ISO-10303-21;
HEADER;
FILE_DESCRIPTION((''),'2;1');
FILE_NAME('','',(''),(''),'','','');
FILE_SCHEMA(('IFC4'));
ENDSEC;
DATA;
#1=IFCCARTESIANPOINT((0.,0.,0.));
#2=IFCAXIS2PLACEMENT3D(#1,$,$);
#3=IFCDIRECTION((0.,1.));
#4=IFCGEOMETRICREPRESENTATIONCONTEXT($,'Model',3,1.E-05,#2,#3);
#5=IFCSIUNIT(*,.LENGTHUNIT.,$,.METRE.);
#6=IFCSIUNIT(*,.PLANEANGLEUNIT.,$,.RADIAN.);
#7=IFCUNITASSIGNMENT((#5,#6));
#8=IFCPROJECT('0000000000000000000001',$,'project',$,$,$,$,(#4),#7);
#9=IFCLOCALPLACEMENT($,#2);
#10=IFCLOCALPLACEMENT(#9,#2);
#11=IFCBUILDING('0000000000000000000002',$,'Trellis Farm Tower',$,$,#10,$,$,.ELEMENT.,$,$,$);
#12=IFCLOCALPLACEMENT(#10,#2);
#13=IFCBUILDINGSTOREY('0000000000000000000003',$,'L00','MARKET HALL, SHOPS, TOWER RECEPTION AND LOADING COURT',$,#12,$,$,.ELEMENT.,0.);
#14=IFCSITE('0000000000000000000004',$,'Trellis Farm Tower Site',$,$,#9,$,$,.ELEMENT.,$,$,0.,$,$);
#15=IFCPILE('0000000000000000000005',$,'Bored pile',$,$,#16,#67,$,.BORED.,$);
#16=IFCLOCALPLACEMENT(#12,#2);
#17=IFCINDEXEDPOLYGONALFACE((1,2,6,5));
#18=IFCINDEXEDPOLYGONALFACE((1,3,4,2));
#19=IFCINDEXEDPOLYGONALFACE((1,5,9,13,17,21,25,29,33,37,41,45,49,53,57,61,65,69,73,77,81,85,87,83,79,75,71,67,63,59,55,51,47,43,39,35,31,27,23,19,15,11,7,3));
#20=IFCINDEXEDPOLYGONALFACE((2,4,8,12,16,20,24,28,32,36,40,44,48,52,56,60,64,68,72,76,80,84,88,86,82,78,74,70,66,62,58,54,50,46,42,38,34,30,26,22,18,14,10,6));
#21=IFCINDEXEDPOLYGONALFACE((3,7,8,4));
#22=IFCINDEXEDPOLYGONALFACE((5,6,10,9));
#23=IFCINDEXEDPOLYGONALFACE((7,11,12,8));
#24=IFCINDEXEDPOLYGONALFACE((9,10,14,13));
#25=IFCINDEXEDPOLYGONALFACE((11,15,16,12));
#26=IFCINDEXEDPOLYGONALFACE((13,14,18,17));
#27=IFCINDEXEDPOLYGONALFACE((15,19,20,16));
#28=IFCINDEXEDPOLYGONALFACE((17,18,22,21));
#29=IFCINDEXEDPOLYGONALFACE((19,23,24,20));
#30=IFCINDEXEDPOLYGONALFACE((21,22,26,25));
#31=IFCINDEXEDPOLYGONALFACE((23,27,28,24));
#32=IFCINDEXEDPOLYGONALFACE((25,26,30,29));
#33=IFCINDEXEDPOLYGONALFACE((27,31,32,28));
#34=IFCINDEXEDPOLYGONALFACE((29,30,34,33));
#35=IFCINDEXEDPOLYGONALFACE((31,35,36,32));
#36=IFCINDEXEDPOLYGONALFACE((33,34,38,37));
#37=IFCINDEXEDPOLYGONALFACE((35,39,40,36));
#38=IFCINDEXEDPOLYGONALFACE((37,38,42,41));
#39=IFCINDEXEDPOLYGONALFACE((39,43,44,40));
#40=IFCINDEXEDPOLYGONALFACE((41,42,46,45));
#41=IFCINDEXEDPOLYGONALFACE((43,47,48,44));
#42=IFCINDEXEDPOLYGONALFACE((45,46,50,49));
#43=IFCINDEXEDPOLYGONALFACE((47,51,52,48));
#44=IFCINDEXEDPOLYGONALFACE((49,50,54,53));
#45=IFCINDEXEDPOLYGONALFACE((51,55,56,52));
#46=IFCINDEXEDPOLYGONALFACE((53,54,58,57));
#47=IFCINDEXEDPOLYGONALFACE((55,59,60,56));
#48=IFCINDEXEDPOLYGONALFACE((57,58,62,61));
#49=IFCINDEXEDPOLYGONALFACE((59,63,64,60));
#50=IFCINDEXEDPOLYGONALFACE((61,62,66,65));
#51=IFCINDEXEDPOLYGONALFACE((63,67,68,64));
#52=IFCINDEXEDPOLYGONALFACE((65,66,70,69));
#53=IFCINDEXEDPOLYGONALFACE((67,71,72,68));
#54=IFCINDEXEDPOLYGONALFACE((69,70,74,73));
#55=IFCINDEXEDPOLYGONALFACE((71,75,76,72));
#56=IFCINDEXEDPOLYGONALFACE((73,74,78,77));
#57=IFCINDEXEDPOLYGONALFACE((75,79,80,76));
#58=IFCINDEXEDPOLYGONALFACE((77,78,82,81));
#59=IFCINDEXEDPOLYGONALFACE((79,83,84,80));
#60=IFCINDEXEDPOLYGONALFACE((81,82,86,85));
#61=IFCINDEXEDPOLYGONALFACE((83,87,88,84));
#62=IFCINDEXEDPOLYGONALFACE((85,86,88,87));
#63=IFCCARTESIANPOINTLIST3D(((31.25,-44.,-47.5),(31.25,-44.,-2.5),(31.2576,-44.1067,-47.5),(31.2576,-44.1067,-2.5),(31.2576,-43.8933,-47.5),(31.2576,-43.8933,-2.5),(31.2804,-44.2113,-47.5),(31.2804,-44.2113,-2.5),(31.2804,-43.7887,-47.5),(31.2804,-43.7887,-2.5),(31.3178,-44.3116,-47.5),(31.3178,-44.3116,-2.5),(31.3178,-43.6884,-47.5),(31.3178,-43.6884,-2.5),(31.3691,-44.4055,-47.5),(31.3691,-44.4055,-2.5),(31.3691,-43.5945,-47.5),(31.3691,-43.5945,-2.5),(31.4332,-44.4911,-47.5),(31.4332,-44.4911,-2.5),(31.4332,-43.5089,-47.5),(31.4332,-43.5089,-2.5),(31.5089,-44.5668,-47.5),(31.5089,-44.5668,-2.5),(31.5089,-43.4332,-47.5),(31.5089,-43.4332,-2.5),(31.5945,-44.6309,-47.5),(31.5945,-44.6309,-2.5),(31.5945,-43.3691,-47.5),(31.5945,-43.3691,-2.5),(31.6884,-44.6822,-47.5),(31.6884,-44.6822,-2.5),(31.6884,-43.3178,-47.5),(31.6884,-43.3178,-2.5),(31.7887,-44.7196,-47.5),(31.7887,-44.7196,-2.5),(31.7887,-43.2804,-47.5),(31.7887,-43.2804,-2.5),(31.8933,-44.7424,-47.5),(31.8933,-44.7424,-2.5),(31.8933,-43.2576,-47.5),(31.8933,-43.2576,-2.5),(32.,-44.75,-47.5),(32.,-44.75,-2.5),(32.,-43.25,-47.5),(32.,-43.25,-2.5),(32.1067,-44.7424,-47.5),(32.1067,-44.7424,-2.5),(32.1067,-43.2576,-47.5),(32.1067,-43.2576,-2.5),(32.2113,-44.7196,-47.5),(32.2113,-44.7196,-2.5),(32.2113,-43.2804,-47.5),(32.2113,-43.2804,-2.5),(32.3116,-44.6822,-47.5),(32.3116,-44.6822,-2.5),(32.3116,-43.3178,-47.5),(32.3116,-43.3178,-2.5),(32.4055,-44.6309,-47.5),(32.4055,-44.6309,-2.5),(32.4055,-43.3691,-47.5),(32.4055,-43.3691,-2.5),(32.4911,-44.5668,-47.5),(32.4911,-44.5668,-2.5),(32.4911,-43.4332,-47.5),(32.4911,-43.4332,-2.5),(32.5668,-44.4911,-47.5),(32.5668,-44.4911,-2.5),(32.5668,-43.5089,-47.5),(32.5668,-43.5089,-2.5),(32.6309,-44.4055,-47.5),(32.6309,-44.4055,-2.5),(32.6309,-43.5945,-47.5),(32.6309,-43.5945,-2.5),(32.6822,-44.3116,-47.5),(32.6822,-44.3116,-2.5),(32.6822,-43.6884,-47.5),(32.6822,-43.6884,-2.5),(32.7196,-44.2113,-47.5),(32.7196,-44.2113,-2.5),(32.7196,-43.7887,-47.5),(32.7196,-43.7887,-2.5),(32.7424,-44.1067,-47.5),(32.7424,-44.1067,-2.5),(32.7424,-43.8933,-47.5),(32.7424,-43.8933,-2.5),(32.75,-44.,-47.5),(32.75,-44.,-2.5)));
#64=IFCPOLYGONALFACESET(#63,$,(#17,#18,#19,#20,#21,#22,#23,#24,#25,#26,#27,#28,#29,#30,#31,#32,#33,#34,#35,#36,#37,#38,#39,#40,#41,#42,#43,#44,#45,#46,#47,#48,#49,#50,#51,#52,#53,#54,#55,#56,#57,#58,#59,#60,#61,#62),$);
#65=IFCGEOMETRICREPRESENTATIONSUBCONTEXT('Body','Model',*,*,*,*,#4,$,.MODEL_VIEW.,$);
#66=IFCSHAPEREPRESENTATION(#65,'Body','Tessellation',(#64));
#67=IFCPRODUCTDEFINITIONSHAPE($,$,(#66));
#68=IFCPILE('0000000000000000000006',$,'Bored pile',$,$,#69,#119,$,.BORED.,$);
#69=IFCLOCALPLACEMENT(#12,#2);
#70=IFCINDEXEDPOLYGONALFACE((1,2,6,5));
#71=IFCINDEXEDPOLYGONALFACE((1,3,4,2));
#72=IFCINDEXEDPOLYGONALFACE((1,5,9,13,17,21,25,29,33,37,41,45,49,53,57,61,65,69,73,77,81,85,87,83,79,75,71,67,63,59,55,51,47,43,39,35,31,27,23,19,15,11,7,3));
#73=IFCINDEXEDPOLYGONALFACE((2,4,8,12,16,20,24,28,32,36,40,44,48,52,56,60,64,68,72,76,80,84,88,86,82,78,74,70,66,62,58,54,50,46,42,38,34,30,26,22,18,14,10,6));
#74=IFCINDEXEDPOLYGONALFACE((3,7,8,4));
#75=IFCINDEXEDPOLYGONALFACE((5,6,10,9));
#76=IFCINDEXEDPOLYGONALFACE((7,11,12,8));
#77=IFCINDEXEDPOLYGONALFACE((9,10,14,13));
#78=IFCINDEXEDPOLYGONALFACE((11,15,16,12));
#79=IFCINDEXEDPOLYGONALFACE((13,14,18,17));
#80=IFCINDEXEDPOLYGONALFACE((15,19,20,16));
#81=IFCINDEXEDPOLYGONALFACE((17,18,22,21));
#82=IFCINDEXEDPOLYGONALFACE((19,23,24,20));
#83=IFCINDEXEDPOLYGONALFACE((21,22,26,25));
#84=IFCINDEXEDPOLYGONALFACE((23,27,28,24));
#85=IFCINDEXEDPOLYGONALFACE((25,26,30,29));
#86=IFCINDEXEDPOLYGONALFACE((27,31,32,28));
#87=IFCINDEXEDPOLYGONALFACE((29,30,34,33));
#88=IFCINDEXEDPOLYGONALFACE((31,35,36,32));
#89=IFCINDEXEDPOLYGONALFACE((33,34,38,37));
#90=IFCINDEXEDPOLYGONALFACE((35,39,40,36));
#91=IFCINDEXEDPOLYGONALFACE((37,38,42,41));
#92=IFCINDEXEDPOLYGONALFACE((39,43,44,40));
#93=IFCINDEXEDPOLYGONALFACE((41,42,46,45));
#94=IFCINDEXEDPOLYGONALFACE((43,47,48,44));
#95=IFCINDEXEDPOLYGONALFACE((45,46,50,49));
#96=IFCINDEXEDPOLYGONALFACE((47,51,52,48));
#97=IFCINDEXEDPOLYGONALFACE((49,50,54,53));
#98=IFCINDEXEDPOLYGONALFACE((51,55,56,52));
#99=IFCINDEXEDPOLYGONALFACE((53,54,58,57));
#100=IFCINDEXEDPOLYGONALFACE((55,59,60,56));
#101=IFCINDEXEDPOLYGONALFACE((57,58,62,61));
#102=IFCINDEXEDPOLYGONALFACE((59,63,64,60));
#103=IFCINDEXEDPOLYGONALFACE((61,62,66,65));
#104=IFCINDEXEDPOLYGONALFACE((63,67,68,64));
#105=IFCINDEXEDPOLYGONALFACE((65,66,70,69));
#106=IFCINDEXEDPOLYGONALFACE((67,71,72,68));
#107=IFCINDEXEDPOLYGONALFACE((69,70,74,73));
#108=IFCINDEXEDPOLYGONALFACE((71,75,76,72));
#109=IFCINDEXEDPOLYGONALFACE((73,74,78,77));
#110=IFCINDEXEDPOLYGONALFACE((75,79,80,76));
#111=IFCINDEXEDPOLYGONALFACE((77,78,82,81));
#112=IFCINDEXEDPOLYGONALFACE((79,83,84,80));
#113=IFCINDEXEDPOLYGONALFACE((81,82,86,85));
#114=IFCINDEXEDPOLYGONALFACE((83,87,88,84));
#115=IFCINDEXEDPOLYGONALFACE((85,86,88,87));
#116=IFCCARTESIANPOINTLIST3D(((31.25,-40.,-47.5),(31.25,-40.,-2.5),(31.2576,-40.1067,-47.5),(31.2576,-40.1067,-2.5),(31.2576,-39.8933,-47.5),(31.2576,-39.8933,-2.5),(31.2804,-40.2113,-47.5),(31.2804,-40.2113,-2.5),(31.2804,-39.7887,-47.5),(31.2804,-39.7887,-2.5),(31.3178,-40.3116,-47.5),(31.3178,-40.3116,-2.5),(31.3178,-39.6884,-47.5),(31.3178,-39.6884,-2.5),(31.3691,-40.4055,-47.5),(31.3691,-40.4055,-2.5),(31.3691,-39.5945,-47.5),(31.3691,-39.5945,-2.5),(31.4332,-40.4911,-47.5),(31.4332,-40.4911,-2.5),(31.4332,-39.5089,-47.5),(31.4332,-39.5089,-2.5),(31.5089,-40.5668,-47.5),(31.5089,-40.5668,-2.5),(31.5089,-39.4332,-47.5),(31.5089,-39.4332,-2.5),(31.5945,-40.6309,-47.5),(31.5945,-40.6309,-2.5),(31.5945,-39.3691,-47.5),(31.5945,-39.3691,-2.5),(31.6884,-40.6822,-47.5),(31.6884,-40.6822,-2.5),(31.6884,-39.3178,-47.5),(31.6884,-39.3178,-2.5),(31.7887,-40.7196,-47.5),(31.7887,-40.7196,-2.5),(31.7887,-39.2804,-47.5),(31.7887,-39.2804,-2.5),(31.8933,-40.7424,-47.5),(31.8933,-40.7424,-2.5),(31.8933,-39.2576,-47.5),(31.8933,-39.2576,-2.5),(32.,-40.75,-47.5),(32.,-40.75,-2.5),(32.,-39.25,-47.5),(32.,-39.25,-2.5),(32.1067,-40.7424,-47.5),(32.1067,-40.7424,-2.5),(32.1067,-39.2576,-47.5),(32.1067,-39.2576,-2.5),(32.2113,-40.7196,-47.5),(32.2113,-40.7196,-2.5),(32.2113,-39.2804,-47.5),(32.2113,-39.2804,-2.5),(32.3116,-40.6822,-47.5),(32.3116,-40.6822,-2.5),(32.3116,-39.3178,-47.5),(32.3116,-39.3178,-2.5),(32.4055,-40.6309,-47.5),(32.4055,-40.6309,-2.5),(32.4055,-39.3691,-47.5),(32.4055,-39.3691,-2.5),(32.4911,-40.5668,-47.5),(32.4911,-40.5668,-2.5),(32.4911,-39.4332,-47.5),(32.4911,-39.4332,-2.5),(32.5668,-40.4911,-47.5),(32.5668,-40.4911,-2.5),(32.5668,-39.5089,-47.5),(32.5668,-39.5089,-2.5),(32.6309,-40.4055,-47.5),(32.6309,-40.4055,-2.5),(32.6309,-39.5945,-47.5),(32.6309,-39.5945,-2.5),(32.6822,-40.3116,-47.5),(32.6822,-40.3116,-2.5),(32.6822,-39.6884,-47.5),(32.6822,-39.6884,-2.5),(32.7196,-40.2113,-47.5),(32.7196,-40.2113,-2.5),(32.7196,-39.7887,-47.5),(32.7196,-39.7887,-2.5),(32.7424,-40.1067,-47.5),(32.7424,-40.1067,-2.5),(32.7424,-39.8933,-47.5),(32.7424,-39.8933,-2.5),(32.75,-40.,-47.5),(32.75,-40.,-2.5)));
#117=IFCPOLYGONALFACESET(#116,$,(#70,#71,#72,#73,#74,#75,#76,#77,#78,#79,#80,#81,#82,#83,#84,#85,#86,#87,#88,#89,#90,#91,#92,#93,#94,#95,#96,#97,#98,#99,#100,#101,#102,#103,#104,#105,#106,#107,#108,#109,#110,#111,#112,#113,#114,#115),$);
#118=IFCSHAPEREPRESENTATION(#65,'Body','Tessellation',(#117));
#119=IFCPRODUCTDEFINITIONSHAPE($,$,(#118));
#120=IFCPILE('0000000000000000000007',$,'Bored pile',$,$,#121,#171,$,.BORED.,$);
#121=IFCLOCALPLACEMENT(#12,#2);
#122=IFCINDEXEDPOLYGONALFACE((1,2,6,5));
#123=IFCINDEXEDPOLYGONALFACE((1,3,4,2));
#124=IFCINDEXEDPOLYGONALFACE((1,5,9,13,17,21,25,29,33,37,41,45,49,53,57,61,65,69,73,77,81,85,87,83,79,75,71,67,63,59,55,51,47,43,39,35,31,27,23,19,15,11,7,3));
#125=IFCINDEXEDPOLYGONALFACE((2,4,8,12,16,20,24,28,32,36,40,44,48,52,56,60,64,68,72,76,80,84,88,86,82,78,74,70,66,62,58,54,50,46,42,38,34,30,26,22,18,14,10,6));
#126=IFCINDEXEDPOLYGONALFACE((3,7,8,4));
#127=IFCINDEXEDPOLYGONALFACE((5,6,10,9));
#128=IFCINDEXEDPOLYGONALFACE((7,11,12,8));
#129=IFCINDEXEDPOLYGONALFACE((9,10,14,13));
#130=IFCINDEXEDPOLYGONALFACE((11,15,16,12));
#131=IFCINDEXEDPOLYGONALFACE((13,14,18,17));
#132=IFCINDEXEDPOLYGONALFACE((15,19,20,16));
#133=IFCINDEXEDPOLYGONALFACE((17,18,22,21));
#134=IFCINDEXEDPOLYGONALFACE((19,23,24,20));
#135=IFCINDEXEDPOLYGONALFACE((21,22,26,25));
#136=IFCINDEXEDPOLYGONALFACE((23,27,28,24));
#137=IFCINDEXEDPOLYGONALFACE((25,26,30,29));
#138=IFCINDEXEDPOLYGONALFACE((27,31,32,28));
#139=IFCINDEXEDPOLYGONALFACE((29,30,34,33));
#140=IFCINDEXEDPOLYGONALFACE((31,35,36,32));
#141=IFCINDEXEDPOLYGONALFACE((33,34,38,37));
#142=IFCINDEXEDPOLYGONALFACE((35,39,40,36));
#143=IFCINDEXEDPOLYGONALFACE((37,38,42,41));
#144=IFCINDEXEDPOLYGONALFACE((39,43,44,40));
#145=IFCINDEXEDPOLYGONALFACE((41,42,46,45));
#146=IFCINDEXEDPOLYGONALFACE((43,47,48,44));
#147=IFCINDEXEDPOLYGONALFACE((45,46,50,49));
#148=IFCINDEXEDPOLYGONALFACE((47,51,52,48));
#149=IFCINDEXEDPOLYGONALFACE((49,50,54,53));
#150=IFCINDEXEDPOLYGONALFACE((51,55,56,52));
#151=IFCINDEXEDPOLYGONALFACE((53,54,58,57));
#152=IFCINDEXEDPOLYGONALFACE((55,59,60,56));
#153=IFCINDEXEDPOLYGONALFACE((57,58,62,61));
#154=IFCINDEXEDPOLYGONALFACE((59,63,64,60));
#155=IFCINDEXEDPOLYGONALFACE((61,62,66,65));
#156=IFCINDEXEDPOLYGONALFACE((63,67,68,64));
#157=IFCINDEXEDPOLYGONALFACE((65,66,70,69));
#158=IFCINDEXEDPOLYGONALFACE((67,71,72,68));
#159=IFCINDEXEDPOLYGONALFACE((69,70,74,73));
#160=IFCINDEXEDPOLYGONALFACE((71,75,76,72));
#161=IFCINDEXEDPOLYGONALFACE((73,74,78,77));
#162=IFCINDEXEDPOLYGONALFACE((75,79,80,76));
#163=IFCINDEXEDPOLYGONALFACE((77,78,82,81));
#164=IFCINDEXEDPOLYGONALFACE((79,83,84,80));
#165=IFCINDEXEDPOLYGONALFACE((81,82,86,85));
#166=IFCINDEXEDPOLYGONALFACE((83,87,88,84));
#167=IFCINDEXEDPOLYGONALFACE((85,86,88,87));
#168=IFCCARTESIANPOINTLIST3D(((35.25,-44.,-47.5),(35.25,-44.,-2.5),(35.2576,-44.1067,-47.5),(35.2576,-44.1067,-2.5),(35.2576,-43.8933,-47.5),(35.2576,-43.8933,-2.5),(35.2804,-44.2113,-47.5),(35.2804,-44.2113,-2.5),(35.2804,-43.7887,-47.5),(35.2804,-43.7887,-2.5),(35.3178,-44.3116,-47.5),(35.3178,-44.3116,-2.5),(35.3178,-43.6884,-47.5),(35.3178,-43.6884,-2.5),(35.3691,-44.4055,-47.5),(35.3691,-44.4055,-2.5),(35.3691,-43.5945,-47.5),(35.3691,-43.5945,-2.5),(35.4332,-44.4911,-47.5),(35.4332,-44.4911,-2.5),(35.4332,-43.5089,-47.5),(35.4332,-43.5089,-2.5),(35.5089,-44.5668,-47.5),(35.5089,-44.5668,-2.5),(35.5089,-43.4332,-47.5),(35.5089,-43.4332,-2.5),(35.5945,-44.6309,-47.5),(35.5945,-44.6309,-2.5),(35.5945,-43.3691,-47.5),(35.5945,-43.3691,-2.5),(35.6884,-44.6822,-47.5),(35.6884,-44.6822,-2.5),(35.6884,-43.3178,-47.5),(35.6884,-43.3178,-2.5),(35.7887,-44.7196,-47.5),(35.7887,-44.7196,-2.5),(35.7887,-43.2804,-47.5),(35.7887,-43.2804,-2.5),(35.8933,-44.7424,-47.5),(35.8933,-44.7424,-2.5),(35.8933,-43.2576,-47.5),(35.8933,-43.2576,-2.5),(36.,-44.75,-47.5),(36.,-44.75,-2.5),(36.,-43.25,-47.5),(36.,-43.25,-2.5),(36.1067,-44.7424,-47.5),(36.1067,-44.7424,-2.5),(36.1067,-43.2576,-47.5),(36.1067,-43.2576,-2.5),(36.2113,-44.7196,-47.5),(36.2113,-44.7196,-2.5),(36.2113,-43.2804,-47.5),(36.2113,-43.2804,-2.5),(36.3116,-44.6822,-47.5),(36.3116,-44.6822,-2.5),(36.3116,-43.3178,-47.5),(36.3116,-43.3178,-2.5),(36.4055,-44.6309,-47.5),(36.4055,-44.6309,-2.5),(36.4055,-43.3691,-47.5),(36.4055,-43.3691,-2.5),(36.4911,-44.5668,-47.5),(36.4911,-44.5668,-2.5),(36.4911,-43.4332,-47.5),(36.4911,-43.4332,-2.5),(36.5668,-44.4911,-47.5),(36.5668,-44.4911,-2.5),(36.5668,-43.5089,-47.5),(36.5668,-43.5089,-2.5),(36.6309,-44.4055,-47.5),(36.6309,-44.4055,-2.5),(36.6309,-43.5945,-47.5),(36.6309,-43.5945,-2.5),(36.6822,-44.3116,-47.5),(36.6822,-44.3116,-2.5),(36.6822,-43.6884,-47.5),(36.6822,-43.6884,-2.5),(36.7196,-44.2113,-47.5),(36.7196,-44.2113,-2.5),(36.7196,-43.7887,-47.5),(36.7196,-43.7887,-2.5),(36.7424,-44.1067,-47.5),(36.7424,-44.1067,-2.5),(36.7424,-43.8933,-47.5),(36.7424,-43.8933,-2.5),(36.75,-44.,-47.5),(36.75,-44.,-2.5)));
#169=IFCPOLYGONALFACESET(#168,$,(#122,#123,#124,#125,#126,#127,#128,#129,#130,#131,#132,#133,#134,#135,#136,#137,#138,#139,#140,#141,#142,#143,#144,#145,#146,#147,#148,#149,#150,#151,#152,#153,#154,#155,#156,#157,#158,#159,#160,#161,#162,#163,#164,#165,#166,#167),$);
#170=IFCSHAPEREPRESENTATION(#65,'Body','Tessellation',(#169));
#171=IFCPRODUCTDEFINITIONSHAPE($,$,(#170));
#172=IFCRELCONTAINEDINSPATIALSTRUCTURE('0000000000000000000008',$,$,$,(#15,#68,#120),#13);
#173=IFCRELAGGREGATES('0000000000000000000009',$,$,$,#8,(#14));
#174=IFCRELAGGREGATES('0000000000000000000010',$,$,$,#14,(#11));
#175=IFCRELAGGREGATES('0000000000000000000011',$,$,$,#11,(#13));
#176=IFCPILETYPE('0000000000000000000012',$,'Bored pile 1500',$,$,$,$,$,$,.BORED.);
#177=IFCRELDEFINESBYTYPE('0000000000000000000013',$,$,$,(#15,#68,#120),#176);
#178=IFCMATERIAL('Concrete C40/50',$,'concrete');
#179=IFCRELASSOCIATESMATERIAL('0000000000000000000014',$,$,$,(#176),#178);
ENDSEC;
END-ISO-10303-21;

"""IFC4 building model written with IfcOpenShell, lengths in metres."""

from ifc_helpers import new_model, si_unit, direction, frame, origin, origin_2d, place, context, subcontext, project, spatial, circle, extrude, source, transform, mapped, material, material_profile, profile_set, type_object, element, save


model = new_model("IFC4")

# Units and contexts
model_context = context("Model", 3, precision=1e-05, world=origin(), true_north=direction((0.0, 1.0)))
body_context = subcontext(model_context, "Body", "Model", "MODEL_VIEW")
ifc_project = project(units=[si_unit("LENGTHUNIT", "METRE"), si_unit("PLANEANGLEUNIT", "RADIAN")], contexts=[model_context])

# Site, building, storey
site_placement = place(None, origin())
site = spatial("IfcSite", under=ifc_project, at=site_placement, Name="Trellis Farm Tower Site", CompositionType="ELEMENT", RefElevation=0.0)
building_placement = place(site_placement, origin())
building = spatial("IfcBuilding", under=site, at=building_placement, Name="Trellis Farm Tower", CompositionType="ELEMENT")
storey_placement = place(building_placement, origin())
storey = spatial("IfcBuildingStorey", under=building, at=storey_placement, Name="L00", Description="MARKET HALL, SHOPS, TOWER RECEPTION AND LOADING COURT", CompositionType="ELEMENT", Elevation=0.0)

# Piles
ifc_material_1 = material(Name="Concrete C40/50", Category="concrete")
ifc_material_profile_1 = material_profile(ifc_material_1, circle(Radius=0.75, at=origin_2d()), Name="Bored pile 1500")
ifc_profile_set_1 = profile_set([ifc_material_profile_1], Name="Concrete C40/50")
pile_type = type_object("IfcPileType", Name="Bored pile 1500", PredefinedType="BORED", material=ifc_profile_set_1)
shared_shape_1 = source(origin(), body_context, "Body", "SweptSolid", [
    extrude(circle(Radius=0.75, at=origin_2d()), origin(), (0.0, 0.0, 1.0), 45.0),
])
for number, where, z_axis, x_axis, name in (
    (1, (32.0, -44.0, -2.5), (0.0, 0.0, -1.0), (1.0, 0.0, 0.0), "Bored pile"),
    (2, (32.0, -40.0, -2.5), (0.0, 0.0, -1.0), (1.0, 0.0, 0.0), "Bored pile"),
    (3, (36.0, -44.0, -2.5), (0.0, 0.0, -1.0), (1.0, 0.0, 0.0), "Bored pile"),
):
    element("IfcPile", number, at=place(storey_placement, frame(where, z_axis=z_axis, x_axis=x_axis)), inside=storey, type_object=pile_type, Name=name, PredefinedType="BORED", context=body_context, shape_type="MappedRepresentation", body=[
        mapped(shared_shape_1, transform((0.0, 0.0, 0.0))),
    ])

save(model, "model.ifc")
